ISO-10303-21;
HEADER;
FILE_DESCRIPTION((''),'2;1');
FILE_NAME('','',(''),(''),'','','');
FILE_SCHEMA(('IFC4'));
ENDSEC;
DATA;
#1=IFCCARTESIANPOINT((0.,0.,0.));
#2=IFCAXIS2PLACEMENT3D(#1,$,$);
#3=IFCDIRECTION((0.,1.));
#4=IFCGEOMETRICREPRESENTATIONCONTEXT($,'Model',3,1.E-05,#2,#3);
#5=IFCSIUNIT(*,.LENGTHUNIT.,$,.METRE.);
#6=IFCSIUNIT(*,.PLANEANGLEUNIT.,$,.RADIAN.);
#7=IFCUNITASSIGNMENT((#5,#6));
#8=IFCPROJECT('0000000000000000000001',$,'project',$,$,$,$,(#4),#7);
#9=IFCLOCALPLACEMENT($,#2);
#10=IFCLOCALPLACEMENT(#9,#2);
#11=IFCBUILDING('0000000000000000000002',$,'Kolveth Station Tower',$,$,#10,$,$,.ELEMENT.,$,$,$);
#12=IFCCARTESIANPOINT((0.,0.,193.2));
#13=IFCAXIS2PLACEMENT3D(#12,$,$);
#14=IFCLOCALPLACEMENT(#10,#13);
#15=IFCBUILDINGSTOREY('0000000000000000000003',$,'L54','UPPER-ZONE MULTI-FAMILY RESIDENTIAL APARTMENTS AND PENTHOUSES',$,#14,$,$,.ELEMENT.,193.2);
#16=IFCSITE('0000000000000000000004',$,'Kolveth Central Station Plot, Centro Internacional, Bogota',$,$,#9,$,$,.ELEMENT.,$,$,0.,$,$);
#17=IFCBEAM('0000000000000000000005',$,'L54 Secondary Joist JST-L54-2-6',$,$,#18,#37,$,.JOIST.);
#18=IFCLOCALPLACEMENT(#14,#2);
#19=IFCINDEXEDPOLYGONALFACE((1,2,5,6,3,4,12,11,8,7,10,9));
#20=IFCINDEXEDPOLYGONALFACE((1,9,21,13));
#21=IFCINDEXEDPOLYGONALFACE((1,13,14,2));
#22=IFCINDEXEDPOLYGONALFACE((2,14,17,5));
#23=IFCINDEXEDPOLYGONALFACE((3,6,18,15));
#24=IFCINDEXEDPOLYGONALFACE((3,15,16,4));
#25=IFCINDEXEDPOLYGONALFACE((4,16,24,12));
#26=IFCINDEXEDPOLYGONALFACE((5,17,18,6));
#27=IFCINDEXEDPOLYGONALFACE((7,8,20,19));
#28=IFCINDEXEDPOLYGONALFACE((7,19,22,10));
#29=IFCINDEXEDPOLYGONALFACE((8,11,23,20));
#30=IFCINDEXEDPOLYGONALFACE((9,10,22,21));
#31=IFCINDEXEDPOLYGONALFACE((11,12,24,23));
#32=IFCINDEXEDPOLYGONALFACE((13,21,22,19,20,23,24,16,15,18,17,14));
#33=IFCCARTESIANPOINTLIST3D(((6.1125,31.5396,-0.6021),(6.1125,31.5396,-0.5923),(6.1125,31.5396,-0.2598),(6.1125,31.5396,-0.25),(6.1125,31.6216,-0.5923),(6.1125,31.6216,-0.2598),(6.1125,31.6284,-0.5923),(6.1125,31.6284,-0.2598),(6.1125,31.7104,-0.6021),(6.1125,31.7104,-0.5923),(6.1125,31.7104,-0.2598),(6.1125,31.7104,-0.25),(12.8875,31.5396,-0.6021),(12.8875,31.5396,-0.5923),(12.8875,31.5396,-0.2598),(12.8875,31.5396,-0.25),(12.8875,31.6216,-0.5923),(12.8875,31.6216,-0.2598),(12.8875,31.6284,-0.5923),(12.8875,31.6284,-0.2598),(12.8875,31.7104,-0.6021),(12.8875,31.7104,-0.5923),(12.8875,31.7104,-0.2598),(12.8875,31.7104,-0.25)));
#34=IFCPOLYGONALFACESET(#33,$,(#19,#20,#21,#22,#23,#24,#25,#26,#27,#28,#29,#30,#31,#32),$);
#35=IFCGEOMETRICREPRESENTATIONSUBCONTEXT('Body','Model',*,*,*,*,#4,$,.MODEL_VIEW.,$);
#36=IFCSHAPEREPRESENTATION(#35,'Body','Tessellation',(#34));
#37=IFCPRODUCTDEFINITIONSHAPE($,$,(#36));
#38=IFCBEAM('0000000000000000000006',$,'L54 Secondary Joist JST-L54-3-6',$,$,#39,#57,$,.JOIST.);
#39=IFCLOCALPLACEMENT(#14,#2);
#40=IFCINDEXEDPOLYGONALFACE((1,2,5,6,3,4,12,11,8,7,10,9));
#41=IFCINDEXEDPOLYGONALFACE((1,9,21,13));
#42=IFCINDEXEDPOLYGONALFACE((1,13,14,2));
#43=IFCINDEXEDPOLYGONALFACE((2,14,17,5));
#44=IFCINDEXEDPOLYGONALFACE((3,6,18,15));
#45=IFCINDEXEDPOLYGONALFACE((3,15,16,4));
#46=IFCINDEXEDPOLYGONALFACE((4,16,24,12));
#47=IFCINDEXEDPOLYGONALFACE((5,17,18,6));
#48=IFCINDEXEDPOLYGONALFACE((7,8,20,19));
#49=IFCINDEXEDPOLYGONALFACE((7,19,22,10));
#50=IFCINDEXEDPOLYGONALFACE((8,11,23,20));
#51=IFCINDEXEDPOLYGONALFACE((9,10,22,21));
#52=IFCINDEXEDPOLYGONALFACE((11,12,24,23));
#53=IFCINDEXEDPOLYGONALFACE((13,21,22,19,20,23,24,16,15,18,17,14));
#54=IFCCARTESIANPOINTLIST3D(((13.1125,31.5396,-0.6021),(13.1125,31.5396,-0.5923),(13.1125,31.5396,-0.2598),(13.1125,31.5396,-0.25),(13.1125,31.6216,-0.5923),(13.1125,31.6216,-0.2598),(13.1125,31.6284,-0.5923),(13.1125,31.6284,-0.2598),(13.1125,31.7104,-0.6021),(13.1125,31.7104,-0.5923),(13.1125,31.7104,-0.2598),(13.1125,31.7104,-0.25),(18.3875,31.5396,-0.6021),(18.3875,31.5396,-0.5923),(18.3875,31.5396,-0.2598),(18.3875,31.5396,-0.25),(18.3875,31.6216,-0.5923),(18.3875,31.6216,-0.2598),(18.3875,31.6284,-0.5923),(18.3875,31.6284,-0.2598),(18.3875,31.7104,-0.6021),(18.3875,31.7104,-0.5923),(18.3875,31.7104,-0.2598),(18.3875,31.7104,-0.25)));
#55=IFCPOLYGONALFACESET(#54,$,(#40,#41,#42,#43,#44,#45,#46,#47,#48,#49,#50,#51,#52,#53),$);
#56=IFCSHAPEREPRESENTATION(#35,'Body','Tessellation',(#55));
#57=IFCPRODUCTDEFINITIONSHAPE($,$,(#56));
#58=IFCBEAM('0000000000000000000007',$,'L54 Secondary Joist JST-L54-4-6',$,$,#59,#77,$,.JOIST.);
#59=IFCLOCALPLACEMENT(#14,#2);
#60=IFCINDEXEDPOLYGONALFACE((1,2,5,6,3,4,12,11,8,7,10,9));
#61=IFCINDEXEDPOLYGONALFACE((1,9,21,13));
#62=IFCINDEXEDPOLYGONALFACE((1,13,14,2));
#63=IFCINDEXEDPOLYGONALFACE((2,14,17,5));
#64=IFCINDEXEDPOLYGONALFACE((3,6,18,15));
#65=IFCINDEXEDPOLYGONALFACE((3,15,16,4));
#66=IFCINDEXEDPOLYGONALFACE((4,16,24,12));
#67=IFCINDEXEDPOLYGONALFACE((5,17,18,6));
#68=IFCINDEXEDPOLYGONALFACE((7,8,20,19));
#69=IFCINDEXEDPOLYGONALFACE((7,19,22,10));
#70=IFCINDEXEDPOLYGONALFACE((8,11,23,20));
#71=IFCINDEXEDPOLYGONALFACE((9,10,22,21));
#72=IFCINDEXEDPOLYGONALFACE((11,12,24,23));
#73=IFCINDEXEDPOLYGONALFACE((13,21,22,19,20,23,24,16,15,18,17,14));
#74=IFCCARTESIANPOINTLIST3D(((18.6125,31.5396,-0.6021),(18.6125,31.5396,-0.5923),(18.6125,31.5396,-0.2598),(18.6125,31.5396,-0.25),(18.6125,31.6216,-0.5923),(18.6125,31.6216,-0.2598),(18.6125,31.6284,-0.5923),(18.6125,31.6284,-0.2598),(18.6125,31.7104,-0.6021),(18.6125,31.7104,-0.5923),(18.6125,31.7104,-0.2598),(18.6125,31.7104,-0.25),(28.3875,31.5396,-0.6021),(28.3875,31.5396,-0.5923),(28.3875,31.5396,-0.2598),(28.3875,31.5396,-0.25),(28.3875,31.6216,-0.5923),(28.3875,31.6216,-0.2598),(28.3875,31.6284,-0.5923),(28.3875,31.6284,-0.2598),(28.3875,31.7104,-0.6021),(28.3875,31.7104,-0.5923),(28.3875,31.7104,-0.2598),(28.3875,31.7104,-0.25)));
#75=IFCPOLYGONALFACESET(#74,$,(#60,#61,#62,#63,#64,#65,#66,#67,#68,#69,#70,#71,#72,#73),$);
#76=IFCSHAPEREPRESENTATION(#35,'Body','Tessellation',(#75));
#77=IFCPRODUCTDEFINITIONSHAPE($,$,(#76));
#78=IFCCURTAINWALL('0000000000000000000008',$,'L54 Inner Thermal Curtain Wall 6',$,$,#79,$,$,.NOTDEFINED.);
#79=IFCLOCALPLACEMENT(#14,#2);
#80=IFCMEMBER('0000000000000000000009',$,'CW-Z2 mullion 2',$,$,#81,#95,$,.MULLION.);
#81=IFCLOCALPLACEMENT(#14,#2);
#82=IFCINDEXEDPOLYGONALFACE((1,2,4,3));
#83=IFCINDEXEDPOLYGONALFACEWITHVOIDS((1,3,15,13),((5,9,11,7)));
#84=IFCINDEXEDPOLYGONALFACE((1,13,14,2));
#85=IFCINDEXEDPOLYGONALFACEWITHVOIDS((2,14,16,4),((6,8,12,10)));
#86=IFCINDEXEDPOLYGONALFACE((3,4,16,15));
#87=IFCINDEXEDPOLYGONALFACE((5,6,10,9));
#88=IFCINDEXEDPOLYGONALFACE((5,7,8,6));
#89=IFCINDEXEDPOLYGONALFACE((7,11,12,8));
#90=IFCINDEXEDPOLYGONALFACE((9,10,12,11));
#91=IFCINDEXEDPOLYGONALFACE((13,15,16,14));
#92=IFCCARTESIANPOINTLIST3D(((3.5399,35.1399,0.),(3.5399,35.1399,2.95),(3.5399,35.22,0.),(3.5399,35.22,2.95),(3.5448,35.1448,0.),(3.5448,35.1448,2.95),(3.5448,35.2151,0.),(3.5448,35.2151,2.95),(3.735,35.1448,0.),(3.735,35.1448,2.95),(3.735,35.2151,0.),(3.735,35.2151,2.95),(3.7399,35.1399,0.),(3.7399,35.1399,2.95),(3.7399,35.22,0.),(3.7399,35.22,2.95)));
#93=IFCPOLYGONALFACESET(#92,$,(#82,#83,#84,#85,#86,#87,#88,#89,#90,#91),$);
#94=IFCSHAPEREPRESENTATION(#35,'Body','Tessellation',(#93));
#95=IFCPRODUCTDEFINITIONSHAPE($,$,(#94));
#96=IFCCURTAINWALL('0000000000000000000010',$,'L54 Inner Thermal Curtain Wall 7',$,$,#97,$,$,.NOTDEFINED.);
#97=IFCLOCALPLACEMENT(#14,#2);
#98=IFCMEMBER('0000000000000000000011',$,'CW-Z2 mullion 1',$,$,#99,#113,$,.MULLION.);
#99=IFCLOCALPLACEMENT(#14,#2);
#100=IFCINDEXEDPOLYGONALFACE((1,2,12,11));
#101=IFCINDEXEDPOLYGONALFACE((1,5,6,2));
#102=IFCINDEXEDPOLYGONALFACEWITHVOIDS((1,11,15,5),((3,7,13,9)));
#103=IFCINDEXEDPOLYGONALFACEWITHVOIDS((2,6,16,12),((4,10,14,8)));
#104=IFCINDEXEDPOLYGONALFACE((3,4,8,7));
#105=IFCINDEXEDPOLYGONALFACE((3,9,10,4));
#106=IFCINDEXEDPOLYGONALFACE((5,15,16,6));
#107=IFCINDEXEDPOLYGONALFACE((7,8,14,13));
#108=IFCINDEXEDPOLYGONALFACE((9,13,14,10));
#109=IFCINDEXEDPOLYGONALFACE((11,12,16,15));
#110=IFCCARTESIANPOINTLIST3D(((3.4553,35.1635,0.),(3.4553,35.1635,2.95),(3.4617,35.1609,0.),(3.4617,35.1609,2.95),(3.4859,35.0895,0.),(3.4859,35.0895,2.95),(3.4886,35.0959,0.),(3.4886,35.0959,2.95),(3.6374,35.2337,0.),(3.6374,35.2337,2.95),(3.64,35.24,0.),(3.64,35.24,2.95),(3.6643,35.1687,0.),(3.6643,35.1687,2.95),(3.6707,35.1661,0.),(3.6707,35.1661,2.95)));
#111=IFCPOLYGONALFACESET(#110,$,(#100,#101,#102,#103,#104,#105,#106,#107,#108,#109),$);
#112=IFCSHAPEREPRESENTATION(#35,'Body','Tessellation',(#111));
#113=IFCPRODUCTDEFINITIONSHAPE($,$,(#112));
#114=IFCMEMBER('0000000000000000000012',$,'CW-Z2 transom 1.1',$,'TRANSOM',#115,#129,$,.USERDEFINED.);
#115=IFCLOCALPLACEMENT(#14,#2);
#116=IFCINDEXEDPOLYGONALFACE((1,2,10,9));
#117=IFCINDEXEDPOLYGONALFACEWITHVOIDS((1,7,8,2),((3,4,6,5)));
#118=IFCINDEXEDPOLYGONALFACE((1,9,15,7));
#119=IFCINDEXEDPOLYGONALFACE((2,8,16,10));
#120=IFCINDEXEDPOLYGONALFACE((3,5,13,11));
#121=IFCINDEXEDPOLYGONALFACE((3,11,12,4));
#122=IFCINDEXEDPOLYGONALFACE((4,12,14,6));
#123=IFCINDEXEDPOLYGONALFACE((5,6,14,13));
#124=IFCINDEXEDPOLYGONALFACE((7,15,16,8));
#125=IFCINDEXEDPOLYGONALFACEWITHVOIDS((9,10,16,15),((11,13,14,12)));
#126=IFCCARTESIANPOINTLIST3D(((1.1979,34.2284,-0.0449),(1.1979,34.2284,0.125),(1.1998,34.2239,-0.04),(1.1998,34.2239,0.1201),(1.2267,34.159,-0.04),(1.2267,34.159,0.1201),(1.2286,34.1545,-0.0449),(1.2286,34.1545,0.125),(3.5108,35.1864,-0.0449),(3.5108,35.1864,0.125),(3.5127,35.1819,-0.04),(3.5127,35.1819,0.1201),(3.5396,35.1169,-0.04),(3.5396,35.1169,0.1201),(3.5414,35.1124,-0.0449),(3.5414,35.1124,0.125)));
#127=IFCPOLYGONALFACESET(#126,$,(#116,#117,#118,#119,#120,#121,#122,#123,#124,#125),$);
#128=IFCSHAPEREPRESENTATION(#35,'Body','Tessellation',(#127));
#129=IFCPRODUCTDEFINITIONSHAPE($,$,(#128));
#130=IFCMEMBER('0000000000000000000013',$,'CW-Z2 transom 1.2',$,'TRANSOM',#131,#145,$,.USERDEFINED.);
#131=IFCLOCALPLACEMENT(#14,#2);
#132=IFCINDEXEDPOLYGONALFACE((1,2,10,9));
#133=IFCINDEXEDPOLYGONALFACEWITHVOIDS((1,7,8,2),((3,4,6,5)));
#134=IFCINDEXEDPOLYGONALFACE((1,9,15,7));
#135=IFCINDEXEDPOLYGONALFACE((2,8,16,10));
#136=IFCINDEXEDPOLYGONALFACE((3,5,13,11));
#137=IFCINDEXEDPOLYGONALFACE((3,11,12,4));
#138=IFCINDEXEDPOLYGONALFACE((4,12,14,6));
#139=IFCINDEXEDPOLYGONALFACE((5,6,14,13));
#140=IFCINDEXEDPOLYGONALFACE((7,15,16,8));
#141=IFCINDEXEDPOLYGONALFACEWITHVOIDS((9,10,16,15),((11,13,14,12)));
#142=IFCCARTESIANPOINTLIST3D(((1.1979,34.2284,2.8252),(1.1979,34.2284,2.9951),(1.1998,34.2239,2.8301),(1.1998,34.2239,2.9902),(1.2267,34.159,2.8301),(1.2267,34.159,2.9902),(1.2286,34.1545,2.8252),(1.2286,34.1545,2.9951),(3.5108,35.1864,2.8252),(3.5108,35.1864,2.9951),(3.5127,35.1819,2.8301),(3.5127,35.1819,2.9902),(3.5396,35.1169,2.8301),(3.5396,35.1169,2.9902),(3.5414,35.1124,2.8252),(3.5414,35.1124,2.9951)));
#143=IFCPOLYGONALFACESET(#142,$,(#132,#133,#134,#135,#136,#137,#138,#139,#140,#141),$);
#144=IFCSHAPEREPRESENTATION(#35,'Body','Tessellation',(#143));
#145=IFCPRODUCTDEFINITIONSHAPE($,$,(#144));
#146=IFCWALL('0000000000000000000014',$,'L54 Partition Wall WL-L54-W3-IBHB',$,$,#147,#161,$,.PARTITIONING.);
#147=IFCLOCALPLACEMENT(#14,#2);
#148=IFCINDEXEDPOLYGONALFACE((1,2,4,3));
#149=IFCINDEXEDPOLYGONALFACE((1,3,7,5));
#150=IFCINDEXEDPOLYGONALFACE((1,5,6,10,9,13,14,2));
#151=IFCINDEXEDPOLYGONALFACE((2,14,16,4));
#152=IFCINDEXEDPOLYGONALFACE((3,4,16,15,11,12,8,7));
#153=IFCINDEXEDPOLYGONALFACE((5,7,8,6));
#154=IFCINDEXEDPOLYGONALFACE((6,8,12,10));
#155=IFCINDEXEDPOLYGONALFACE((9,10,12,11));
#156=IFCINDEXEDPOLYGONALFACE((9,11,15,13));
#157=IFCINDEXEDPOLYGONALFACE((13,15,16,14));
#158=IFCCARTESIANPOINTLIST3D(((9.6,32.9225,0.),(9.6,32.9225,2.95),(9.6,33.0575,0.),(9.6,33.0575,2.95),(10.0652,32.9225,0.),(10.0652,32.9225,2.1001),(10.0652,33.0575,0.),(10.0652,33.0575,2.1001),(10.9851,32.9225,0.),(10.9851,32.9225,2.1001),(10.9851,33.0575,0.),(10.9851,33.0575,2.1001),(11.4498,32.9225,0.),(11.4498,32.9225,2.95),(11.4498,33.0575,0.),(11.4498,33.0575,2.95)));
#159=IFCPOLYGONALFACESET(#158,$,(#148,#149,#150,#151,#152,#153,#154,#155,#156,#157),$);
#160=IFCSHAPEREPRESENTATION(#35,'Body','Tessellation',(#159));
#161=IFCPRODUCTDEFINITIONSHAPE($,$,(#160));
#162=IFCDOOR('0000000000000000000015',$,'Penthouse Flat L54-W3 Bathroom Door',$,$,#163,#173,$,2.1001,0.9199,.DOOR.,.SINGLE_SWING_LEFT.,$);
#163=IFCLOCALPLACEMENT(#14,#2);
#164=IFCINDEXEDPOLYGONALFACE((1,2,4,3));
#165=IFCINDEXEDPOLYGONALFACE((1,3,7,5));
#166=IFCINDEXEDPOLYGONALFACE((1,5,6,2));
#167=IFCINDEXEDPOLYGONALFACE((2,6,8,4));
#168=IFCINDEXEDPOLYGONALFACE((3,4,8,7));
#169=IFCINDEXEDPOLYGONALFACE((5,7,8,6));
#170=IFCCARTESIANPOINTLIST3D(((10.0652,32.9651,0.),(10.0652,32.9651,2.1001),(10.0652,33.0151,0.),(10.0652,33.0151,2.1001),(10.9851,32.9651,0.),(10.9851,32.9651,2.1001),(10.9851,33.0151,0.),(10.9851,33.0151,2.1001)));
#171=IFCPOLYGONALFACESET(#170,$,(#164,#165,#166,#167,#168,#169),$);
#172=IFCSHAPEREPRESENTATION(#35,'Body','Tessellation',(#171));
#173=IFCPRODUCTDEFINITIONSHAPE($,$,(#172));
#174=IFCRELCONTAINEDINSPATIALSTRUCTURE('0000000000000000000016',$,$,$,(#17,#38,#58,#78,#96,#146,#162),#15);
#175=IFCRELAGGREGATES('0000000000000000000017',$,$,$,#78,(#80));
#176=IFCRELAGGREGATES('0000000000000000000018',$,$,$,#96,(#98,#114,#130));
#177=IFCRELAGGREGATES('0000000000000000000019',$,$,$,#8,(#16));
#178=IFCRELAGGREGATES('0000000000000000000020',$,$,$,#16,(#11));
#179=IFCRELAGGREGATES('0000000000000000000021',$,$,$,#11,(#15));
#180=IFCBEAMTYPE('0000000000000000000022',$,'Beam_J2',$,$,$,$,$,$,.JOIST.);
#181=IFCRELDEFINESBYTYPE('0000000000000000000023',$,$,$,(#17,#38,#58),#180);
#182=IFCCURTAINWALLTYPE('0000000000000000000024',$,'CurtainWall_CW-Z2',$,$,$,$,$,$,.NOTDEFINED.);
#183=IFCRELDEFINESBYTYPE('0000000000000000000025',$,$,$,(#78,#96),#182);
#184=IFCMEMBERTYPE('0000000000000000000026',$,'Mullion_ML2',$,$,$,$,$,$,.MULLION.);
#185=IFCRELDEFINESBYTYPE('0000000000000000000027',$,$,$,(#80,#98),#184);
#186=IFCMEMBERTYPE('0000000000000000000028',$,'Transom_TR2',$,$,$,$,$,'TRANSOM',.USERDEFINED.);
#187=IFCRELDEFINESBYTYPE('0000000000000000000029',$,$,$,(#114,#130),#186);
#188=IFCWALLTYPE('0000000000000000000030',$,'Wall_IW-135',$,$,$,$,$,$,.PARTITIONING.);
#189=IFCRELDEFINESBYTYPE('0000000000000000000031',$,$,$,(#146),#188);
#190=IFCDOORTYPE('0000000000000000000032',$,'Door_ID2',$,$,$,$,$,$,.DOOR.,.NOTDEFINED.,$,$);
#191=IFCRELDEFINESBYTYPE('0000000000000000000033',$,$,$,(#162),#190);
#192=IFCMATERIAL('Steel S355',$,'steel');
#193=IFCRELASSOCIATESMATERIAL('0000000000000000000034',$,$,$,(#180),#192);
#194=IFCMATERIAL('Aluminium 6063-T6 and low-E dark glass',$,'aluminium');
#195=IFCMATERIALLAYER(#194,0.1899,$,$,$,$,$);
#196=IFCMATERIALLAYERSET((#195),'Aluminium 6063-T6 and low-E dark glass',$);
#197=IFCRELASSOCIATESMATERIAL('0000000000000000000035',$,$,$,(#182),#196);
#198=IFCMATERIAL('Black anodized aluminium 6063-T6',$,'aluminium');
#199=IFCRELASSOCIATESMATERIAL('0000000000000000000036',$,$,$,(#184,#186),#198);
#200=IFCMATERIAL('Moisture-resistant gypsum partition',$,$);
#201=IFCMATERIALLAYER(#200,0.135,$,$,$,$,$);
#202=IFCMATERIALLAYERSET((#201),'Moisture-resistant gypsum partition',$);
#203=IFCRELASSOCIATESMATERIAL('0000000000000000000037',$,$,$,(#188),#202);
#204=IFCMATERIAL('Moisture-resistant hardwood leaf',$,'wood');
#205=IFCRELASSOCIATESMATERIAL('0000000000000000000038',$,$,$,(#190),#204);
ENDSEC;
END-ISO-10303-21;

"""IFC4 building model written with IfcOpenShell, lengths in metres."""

from ifc_helpers import new_model, si_unit, direction, frame, frame_2d, origin, origin_2d, place, context, subcontext, project, spatial, rectangle, hollow_rectangle, i_section, extrude, source, transform, mapped, material, layer, layer_set, material_profile, profile_set, type_object, element, fill, aggregate, save


model = new_model("IFC4")

# Units and contexts
model_context = context("Model", 3, precision=1e-05, world=origin(), true_north=direction((0.0, 1.0)))
body_context = subcontext(model_context, "Body", "Model", "MODEL_VIEW")
ifc_project = project(units=[si_unit("LENGTHUNIT", "METRE"), si_unit("PLANEANGLEUNIT", "RADIAN")], contexts=[model_context])

# Site, building, storey
site_placement = place(None, origin())
site = spatial("IfcSite", under=ifc_project, at=site_placement, Name="Kolveth Central Station Plot, Centro Internacional, Bogota", CompositionType="ELEMENT", RefElevation=0.0)
building_placement = place(site_placement, origin())
building = spatial("IfcBuilding", under=site, at=building_placement, Name="Kolveth Station Tower", CompositionType="ELEMENT")
storey_placement = place(building_placement, frame((0.0, 0.0, 193.2)))
storey = spatial("IfcBuildingStorey", under=building, at=storey_placement, Name="L54", Description="UPPER-ZONE MULTI-FAMILY RESIDENTIAL APARTMENTS AND PENTHOUSES", CompositionType="ELEMENT", Elevation=193.2)

# Shared definitions
ifc_material_1 = material(Name="Steel S355", Category="steel")

# Beams
ifc_material_profile_1 = material_profile(ifc_material_1, i_section(OverallWidth=0.1709, OverallDepth=0.3521, WebThickness=0.0068, FlangeThickness=0.0098, at=origin_2d()), Name="W360x44")
ifc_profile_set_1 = profile_set([ifc_material_profile_1], Name="Steel S355")
beam_type_1 = type_object("IfcBeamType", Name="Beam_J2", PredefinedType="JOIST", material=ifc_profile_set_1)
shared_shape_1 = source(origin(), body_context, "Body", "SweptSolid", [
    extrude(i_section(OverallWidth=0.1709, OverallDepth=0.3521, WebThickness=0.0068, FlangeThickness=0.0098, at=origin_2d()), origin(), (0.0, 0.0, 1.0), 6.7749),
])
beam_1_placement = place(storey_placement, frame((6.1125, 31.625, -0.426), z_axis=(1.0, 0.0, 0.0), x_axis=(0.0, 1.0, 0.0)))
element("IfcBeam", 1, at=beam_1_placement, inside=storey, type_object=beam_type_1, Name="L54 Secondary Joist JST-L54-2-6", PredefinedType="JOIST", context=body_context, shape_type="MappedRepresentation", body=[
    mapped(shared_shape_1, transform((0.0, 0.0, 0.0), x_axis=(1.0, 0.0, 0.0), y_axis=(0.0, 1.0, 0.0), z_axis=(0.0, 0.0, 1.0), scale=1.0)),
])
shared_shape_2 = source(origin(), body_context, "Body", "SweptSolid", [
    extrude(i_section(OverallWidth=0.1709, OverallDepth=0.3521, WebThickness=0.0068, FlangeThickness=0.0098, at=origin_2d()), origin(), (0.0, 0.0, 1.0), 5.2749),
])
beam_2_placement = place(storey_placement, frame((13.1125, 31.625, -0.426), z_axis=(1.0, 0.0, 0.0), x_axis=(0.0, 1.0, 0.0)))
element("IfcBeam", 2, at=beam_2_placement, inside=storey, type_object=beam_type_1, Name="L54 Secondary Joist JST-L54-3-6", PredefinedType="JOIST", context=body_context, shape_type="MappedRepresentation", body=[
    mapped(shared_shape_2, transform((0.0, 0.0, 0.0), x_axis=(1.0, 0.0, 0.0), y_axis=(0.0, 1.0, 0.0), z_axis=(0.0, 0.0, 1.0), scale=1.0)),
])
shared_shape_3 = source(origin(), body_context, "Body", "SweptSolid", [
    extrude(i_section(OverallWidth=0.1709, OverallDepth=0.3521, WebThickness=0.0068, FlangeThickness=0.0098, at=origin_2d()), origin(), (0.0, 0.0, 1.0), 9.7749),
])
beam_3_placement = place(storey_placement, frame((18.6125, 31.625, -0.426), z_axis=(1.0, 0.0, 0.0), x_axis=(0.0, 1.0, 0.0)))
element("IfcBeam", 3, at=beam_3_placement, inside=storey, type_object=beam_type_1, Name="L54 Secondary Joist JST-L54-4-6", PredefinedType="JOIST", context=body_context, shape_type="MappedRepresentation", body=[
    mapped(shared_shape_3, transform((0.0, 0.0, 0.0), x_axis=(1.0, 0.0, 0.0), y_axis=(0.0, 1.0, 0.0), z_axis=(0.0, 0.0, 1.0), scale=1.0)),
])

# Curtain wall, member
ifc_material_2 = material(Name="Aluminium 6063-T6 and low-E dark glass", Category="aluminium")
ifc_layer_1 = layer(ifc_material_2, 0.1899)
ifc_layer_set_1 = layer_set([ifc_layer_1], Name="Aluminium 6063-T6 and low-E dark glass")
curtain_wall_type = type_object("IfcCurtainWallType", Name="CurtainWall_CW-Z2", PredefinedType="NOTDEFINED", material=ifc_layer_set_1)
curtain_wall_1_placement = place(storey_placement, origin())
curtain_wall_1 = element("IfcCurtainWall", 4, at=curtain_wall_1_placement, inside=storey, type_object=curtain_wall_type, Name="L54 Inner Thermal Curtain Wall 6", PredefinedType="NOTDEFINED")
ifc_material_3 = material(Name="Black anodized aluminium 6063-T6", Category="aluminium")
ifc_material_profile_2 = material_profile(ifc_material_3, hollow_rectangle(XDim=0.0801, YDim=0.2, WallThickness=0.0049, at=origin_2d()), Name="ALU-80x200x5")
ifc_profile_set_2 = profile_set([ifc_material_profile_2], Name="Black anodized aluminium 6063-T6")
member_type_1 = type_object("IfcMemberType", Name="Mullion_ML2", PredefinedType="MULLION", material=ifc_profile_set_2)
shared_shape_4 = source(origin(), body_context, "Body", "SweptSolid", [
    extrude(hollow_rectangle(XDim=0.0801, YDim=0.2, WallThickness=0.0049, at=origin_2d()), origin(), (0.0, 0.0, 1.0), 2.95),
])
member_1_placement = place(storey_placement, frame((3.6399, 35.1799, 0.0), z_axis=(0.0, 0.0, 1.0), x_axis=(0.0, -1.0, 0.0)))
member_1 = element("IfcMember", 5, at=member_1_placement, type_object=member_type_1, Name="CW-Z2 mullion 2", PredefinedType="MULLION", context=body_context, shape_type="MappedRepresentation", body=[
    mapped(shared_shape_4, transform((0.0, 0.0, 0.0), x_axis=(1.0, 0.0, 0.0), y_axis=(0.0, 1.0, 0.0), z_axis=(0.0, 0.0, 1.0), scale=1.0)),
])
aggregate(curtain_wall_1, [member_1])

# Curtain wall, members
curtain_wall_2_placement = place(storey_placement, origin())
curtain_wall_2 = element("IfcCurtainWall", 6, at=curtain_wall_2_placement, inside=storey, type_object=curtain_wall_type, Name="L54 Inner Thermal Curtain Wall 7", PredefinedType="NOTDEFINED")
member_2_placement = place(storey_placement, frame((3.563, 35.1648, 0.0), z_axis=(0.0, 0.0, 1.0), x_axis=(0.382698, -0.923874, 0.0)))
member_2 = element("IfcMember", 7, at=member_2_placement, type_object=member_type_1, Name="CW-Z2 mullion 1", PredefinedType="MULLION", context=body_context, shape_type="MappedRepresentation", body=[
    mapped(shared_shape_4, transform((0.0, 0.0, 0.0), x_axis=(1.0, 0.0, 0.0), y_axis=(0.0, 1.0, 0.0), z_axis=(0.0, 0.0, 1.0), scale=1.0)),
])
ifc_material_profile_3 = material_profile(ifc_material_3, hollow_rectangle(XDim=0.0801, YDim=0.1699, WallThickness=0.0049, at=origin_2d()), Name="ALU-80x170x5")
ifc_profile_set_3 = profile_set([ifc_material_profile_3], Name="Black anodized aluminium 6063-T6")
member_type_2 = type_object("IfcMemberType", Name="Transom_TR2", ElementType="TRANSOM", PredefinedType="USERDEFINED", material=ifc_profile_set_3)
shared_shape_5 = source(origin(), body_context, "Body", "SweptSolid", [
    extrude(hollow_rectangle(XDim=0.0801, YDim=0.1699, WallThickness=0.0049, at=origin_2d()), origin(), (0.0, 0.0, 1.0), 2.5034),
])
member_3_placement = place(storey_placement, frame((3.5261, 35.1494, 0.04), z_axis=(-0.923888, -0.382662, 0.0), x_axis=(0.382662, -0.923888, 0.0)))
member_3 = element("IfcMember", 8, at=member_3_placement, type_object=member_type_2, Name="CW-Z2 transom 1.1", ObjectType="TRANSOM", PredefinedType="USERDEFINED", context=body_context, shape_type="MappedRepresentation", body=[
    mapped(shared_shape_5, transform((0.0, 0.0, 0.0), x_axis=(1.0, 0.0, 0.0), y_axis=(0.0, 1.0, 0.0), z_axis=(0.0, 0.0, 1.0), scale=1.0)),
])
member_4_placement = place(storey_placement, frame((3.5261, 35.1494, 2.9102), z_axis=(-0.923888, -0.382662, 0.0), x_axis=(0.382662, -0.923888, 0.0)))
member_4 = element("IfcMember", 9, at=member_4_placement, type_object=member_type_2, Name="CW-Z2 transom 1.2", ObjectType="TRANSOM", PredefinedType="USERDEFINED", context=body_context, shape_type="MappedRepresentation", body=[
    mapped(shared_shape_5, transform((0.0, 0.0, 0.0), x_axis=(1.0, 0.0, 0.0), y_axis=(0.0, 1.0, 0.0), z_axis=(0.0, 0.0, 1.0), scale=1.0)),
])
aggregate(curtain_wall_2, [member_2, member_3, member_4])

# Wall, opening, door
ifc_material_4 = material(Name="Moisture-resistant gypsum partition")
ifc_layer_2 = layer(ifc_material_4, 0.135)
ifc_layer_set_2 = layer_set([ifc_layer_2], Name="Moisture-resistant gypsum partition")
wall_type_1 = type_object("IfcWallType", Name="Wall_IW-135", PredefinedType="PARTITIONING", material=ifc_layer_set_2)
wall_1_placement = place(storey_placement, frame((9.6001, 32.99, 0.0), z_axis=(0.0, 0.0, 1.0), x_axis=(1.0, 0.0, 0.0)))
wall_1 = element("IfcWall", 10, at=wall_1_placement, inside=storey, type_object=wall_type_1, Name="L54 Partition Wall WL-L54-W3-IBHB", PredefinedType="PARTITIONING", context=body_context, shape_type="SweptSolid", body=[
    extrude(rectangle(XDim=1.8499, YDim=0.135, at=frame_2d((0.9248, 0.0))), origin(), (0.0, 0.0, 1.0), 2.95),
])
opening_1_placement = place(wall_1_placement, frame((0.4651, 0.0, 0.0)))
opening_1 = element("IfcOpeningElement", 11, at=opening_1_placement, cuts=wall_1, PredefinedType="OPENING", context=body_context, shape_type="SweptSolid", body=[
    extrude(rectangle(XDim=0.9199, YDim=2.1001, at=frame_2d((0.46, 1.05))), frame((0.0, 0.0774, 0.0), z_axis=(0.0, -1.0, 0.0), x_axis=(1.0, 0.0, 0.0)), (0.0, 0.0, 1.0), 0.155),
])
ifc_material_5 = material(Name="Moisture-resistant hardwood leaf", Category="wood")
door_type_1 = type_object("IfcDoorType", Name="Door_ID2", OperationType="NOTDEFINED", PredefinedType="DOOR", material=ifc_material_5)
door_1_placement = place(opening_1_placement, frame((0.9199, 0.0, 0.0), z_axis=(0.0, 0.0, 1.0), x_axis=(-1.0, 0.0, 0.0)))
door_1 = element("IfcDoor", 12, at=door_1_placement, inside=storey, type_object=door_type_1, Name="Penthouse Flat L54-W3 Bathroom Door", OperationType="SINGLE_SWING_LEFT", OverallHeight=2.1001, OverallWidth=0.9199, PredefinedType="DOOR", context=body_context, shape_type="SweptSolid", body=[
    extrude(rectangle(XDim=0.9199, YDim=2.1001, at=frame_2d((0.46, 1.05))), frame((0.0, 0.0249, 0.0), z_axis=(0.0, -1.0, 0.0), x_axis=(1.0, 0.0, 0.0)), (0.0, 0.0, 1.0), 0.05),
])
fill(opening_1, door_1)

save(model, "model.ifc")
